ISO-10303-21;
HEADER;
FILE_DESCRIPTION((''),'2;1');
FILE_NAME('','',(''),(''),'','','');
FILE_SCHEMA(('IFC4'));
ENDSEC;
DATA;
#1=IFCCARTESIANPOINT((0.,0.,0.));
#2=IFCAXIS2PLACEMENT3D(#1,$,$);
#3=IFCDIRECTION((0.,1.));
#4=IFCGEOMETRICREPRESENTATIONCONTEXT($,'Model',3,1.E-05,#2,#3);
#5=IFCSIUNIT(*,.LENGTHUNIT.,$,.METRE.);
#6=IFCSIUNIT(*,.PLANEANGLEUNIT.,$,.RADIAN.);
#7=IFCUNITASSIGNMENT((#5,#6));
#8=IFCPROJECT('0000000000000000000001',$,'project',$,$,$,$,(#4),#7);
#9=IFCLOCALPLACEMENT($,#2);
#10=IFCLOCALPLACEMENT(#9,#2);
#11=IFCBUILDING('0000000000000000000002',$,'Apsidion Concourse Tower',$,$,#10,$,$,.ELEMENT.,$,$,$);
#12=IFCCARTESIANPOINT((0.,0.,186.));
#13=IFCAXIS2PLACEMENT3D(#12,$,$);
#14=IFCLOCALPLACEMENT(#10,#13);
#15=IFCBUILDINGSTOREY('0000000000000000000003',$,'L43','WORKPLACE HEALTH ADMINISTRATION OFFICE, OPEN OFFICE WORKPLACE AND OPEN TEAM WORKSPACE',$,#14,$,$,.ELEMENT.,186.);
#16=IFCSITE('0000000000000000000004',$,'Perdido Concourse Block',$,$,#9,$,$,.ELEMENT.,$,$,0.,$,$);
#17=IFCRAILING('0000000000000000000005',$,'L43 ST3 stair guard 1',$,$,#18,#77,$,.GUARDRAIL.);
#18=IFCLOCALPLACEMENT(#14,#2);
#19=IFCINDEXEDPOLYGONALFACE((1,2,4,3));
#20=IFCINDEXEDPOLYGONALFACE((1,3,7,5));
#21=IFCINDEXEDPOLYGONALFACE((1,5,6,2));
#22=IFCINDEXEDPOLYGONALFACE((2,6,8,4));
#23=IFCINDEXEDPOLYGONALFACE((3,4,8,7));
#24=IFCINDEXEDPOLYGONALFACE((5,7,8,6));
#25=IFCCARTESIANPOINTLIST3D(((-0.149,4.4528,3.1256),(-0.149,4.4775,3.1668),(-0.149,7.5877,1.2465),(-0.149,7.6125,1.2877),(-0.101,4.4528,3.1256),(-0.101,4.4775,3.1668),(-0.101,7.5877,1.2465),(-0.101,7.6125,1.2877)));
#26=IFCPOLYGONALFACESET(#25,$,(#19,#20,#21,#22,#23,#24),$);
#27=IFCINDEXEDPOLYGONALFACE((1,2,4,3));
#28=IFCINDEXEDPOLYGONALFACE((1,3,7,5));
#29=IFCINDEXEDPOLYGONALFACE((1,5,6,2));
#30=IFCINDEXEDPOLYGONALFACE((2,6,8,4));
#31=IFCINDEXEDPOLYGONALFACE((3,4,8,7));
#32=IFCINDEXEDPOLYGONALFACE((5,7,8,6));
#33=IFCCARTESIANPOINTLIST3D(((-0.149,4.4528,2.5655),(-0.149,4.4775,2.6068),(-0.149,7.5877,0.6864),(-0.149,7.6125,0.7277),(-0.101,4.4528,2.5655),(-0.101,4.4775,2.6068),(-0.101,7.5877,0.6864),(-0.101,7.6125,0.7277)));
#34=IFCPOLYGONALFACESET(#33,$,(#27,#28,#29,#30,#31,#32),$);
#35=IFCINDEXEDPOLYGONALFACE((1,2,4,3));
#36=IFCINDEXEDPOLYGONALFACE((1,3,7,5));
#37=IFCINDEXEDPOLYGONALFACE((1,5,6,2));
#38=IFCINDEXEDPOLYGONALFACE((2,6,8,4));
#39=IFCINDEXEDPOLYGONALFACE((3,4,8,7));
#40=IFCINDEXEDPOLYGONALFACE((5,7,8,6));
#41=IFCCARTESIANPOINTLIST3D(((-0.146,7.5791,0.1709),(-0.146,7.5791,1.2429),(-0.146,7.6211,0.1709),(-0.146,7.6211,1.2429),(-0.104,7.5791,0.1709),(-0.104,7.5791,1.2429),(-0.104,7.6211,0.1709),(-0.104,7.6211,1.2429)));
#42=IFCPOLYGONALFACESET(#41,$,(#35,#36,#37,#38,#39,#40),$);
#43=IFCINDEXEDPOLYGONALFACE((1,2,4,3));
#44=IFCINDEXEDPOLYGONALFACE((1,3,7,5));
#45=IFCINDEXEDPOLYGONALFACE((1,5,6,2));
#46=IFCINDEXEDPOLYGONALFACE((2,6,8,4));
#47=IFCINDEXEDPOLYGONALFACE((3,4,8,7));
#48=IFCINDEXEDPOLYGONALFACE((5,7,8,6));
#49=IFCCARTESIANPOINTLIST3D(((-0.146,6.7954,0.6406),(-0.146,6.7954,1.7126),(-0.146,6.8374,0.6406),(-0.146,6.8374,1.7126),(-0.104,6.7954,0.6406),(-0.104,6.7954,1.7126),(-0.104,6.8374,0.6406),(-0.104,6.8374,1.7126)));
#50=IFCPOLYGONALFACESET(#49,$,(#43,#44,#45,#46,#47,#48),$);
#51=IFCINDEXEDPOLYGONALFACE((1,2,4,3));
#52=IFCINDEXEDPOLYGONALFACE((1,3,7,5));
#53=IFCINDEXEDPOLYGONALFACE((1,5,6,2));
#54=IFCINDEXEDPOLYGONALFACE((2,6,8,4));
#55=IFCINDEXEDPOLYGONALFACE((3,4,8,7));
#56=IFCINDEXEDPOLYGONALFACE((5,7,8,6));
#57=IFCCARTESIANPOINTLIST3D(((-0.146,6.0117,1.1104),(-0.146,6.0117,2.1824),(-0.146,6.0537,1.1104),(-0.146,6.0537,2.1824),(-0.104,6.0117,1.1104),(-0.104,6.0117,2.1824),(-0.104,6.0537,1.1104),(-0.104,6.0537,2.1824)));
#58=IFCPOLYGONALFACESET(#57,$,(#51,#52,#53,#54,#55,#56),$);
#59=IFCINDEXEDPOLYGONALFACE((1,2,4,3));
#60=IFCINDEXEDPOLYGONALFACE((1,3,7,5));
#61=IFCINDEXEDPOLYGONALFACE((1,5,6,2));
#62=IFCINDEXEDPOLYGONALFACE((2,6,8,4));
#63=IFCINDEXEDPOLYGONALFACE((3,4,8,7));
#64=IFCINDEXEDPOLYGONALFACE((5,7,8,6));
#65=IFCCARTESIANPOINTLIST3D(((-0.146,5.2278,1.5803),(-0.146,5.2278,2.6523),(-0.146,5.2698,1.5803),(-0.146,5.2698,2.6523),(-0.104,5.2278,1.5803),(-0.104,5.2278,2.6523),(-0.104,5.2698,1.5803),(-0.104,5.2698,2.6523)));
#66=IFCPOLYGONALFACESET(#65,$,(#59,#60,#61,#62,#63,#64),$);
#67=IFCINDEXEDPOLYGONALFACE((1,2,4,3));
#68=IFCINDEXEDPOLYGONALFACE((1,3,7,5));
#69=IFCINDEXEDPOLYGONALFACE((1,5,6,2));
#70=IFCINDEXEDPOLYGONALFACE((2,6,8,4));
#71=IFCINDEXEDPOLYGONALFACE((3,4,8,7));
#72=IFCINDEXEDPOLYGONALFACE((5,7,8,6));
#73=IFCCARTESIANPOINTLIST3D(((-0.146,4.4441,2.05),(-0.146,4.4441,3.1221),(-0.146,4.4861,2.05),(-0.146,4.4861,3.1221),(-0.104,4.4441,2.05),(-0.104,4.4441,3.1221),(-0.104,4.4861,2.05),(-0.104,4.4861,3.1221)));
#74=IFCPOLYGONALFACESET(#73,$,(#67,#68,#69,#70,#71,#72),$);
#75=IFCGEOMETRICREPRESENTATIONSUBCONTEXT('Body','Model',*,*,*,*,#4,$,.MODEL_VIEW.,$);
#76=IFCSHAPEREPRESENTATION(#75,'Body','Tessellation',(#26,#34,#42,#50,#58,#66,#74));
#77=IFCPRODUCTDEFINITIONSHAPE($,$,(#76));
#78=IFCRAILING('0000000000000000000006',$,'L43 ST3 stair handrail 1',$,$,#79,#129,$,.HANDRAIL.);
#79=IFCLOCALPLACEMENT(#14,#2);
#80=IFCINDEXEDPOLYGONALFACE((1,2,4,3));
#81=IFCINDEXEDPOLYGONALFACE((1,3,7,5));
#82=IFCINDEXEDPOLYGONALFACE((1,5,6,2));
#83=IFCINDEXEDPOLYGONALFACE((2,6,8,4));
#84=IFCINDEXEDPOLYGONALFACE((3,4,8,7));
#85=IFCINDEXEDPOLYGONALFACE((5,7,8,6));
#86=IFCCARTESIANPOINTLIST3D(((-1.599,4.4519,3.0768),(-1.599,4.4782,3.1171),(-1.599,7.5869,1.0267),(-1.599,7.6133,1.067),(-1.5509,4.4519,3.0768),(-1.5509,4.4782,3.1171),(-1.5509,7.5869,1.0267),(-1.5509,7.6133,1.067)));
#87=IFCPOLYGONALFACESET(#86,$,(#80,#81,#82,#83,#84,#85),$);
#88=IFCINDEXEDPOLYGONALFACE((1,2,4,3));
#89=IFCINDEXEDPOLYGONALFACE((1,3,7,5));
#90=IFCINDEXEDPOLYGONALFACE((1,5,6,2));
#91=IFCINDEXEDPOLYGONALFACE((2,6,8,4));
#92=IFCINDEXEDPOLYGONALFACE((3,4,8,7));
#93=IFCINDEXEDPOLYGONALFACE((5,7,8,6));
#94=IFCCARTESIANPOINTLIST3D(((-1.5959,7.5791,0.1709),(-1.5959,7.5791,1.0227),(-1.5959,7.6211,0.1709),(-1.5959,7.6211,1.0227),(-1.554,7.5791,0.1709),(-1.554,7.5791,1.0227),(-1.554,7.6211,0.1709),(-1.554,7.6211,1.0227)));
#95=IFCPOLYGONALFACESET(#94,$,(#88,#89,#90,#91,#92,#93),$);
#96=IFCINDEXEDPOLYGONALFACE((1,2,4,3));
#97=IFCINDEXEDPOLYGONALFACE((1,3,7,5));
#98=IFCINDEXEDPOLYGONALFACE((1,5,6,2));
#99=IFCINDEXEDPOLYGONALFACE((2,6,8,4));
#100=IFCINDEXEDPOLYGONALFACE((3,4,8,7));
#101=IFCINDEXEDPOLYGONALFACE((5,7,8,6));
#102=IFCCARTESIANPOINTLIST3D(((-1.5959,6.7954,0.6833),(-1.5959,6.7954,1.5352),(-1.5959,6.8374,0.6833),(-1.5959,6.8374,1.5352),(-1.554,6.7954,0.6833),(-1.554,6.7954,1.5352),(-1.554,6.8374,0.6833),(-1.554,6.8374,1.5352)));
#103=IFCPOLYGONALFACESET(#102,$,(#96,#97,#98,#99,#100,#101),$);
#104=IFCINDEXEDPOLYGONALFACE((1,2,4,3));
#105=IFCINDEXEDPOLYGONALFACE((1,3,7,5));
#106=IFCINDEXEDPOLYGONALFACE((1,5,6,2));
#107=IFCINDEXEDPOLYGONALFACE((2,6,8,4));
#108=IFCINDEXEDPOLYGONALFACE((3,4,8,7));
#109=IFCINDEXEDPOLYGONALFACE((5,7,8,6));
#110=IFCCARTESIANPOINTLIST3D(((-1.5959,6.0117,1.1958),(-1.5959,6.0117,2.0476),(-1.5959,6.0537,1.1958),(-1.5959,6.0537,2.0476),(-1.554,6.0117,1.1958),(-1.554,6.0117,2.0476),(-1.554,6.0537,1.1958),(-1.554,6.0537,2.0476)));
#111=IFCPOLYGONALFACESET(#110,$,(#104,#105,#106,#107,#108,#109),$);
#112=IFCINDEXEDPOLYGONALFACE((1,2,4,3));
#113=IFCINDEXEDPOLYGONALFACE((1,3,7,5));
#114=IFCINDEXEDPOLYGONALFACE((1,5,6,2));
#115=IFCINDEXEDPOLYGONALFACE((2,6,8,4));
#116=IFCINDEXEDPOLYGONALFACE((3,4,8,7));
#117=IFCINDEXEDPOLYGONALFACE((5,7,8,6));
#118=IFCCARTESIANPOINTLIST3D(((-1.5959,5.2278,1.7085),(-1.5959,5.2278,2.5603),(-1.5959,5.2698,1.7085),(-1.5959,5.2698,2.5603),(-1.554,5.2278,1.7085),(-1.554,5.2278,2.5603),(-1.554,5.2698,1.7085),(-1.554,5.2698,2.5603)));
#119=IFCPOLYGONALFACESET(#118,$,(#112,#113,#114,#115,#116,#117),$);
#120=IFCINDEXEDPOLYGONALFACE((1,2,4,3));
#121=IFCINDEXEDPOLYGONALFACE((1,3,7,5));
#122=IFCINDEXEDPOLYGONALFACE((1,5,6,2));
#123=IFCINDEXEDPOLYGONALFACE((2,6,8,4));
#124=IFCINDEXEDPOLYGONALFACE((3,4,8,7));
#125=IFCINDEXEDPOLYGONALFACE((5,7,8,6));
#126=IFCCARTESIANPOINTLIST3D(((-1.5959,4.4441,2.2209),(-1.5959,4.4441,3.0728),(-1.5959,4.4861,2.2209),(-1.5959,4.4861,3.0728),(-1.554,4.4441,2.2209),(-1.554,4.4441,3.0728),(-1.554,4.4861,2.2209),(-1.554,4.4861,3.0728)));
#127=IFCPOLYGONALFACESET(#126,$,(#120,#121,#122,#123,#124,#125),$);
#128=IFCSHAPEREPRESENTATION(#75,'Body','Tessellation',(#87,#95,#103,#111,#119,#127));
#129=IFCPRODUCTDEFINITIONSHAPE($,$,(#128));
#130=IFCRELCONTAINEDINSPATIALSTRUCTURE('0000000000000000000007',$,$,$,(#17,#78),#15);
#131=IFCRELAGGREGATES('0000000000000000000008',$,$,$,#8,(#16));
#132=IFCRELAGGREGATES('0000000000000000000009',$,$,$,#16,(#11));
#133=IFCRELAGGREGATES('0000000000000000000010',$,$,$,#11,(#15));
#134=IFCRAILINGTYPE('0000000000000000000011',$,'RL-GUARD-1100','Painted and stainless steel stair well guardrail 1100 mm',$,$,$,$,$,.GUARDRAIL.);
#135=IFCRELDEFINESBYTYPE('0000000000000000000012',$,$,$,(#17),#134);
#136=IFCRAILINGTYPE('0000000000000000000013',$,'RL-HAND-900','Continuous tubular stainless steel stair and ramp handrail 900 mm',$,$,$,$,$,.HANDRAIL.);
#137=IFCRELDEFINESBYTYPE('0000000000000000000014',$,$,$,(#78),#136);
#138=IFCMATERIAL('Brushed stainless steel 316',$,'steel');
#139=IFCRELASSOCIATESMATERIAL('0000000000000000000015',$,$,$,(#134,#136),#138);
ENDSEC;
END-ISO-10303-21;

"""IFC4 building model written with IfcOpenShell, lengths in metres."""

from ifc_helpers import new_model, si_unit, direction, frame, origin, origin_2d, place, context, subcontext, project, spatial, rectangle, extrude, material, type_object, element, save


model = new_model("IFC4")

# Units and contexts
model_context = context("Model", 3, precision=1e-05, world=origin(), true_north=direction((0.0, 1.0)))
body_context = subcontext(model_context, "Body", "Model", "MODEL_VIEW")
ifc_project = project(units=[si_unit("LENGTHUNIT", "METRE"), si_unit("PLANEANGLEUNIT", "RADIAN")], contexts=[model_context])

# Site, building, storey
site_placement = place(None, origin())
site = spatial("IfcSite", under=ifc_project, at=site_placement, Name="Perdido Concourse Block", CompositionType="ELEMENT", RefElevation=0.0)
building_placement = place(site_placement, origin())
building = spatial("IfcBuilding", under=site, at=building_placement, Name="Apsidion Concourse Tower", CompositionType="ELEMENT")
storey_placement = place(building_placement, frame((0.0, 0.0, 186.0)))
storey = spatial("IfcBuildingStorey", under=building, at=storey_placement, Name="L43", Description="WORKPLACE HEALTH ADMINISTRATION OFFICE, OPEN OFFICE WORKPLACE AND OPEN TEAM WORKSPACE", CompositionType="ELEMENT", Elevation=186.0)

# Shared definitions
ifc_material_1 = material(Name="Brushed stainless steel 316", Category="steel")

# Railings
railing_type_1 = type_object("IfcRailingType", Name="RL-GUARD-1100", Description="Painted and stainless steel stair well guardrail 1100 mm", PredefinedType="GUARDRAIL", material=ifc_material_1)
railing_1_placement = place(storey_placement, frame((-0.125, 7.6001, 0.1709)))
element("IfcRailing", 1, at=railing_1_placement, inside=storey, type_object=railing_type_1, Name="L43 ST3 stair guard 1", PredefinedType="GUARDRAIL", context=body_context, shape_type="SweptSolid", body=[
    extrude(rectangle(XDim=0.0481, YDim=0.0481, at=origin_2d()), frame((0.0, 0.0, 1.0962), z_axis=(0.0, -0.857717, 0.514122), x_axis=(1.0, 0.0, 0.0)), (0.0, 0.0, 1.0), 3.655),
    extrude(rectangle(XDim=0.0481, YDim=0.0481, at=origin_2d()), frame((0.0, 0.0, 0.5361), z_axis=(0.0, -0.857717, 0.514122), x_axis=(1.0, 0.0, 0.0)), (0.0, 0.0, 1.0), 3.655),
    extrude(rectangle(XDim=0.042, YDim=0.042, at=origin_2d()), origin(), (0.0, 0.0, 1.0), 1.072),
    extrude(rectangle(XDim=0.042, YDim=0.042, at=origin_2d()), frame((0.0, -0.7837, 0.4697)), (0.0, 0.0, 1.0), 1.072),
    extrude(rectangle(XDim=0.042, YDim=0.042, at=origin_2d()), frame((0.0, -1.5674, 0.9395)), (0.0, 0.0, 1.0), 1.072),
    extrude(rectangle(XDim=0.042, YDim=0.042, at=origin_2d()), frame((0.0, -2.3513, 1.4094)), (0.0, 0.0, 1.0), 1.072),
    extrude(rectangle(XDim=0.042, YDim=0.042, at=origin_2d()), frame((0.0, -3.135, 1.8792)), (0.0, 0.0, 1.0), 1.072),
])
railing_type_2 = type_object("IfcRailingType", Name="RL-HAND-900", Description="Continuous tubular stainless steel stair and ramp handrail 900 mm", PredefinedType="HANDRAIL", material=ifc_material_1)
railing_2_placement = place(storey_placement, frame((-1.575, 7.6001, 0.1709)))
element("IfcRailing", 2, at=railing_2_placement, inside=storey, type_object=railing_type_2, Name="L43 ST3 stair handrail 1", PredefinedType="HANDRAIL", context=body_context, shape_type="SweptSolid", body=[
    extrude(rectangle(XDim=0.0481, YDim=0.0481, at=origin_2d()), frame((0.0, 0.0, 0.876), z_axis=(0.0, -0.836941, 0.547293), x_axis=(1.0, 0.0, 0.0)), (0.0, 0.0, 1.0), 3.7458),
    extrude(rectangle(XDim=0.042, YDim=0.042, at=origin_2d()), origin(), (0.0, 0.0, 1.0), 0.8518),
    extrude(rectangle(XDim=0.042, YDim=0.042, at=origin_2d()), frame((0.0, -0.7837, 0.5125)), (0.0, 0.0, 1.0), 0.8518),
    extrude(rectangle(XDim=0.042, YDim=0.042, at=origin_2d()), frame((0.0, -1.5674, 1.0249)), (0.0, 0.0, 1.0), 0.8518),
    extrude(rectangle(XDim=0.042, YDim=0.042, at=origin_2d()), frame((0.0, -2.3513, 1.5376)), (0.0, 0.0, 1.0), 0.8518),
    extrude(rectangle(XDim=0.042, YDim=0.042, at=origin_2d()), frame((0.0, -3.135, 2.05)), (0.0, 0.0, 1.0), 0.8518),
])

save(model, "model.ifc")
